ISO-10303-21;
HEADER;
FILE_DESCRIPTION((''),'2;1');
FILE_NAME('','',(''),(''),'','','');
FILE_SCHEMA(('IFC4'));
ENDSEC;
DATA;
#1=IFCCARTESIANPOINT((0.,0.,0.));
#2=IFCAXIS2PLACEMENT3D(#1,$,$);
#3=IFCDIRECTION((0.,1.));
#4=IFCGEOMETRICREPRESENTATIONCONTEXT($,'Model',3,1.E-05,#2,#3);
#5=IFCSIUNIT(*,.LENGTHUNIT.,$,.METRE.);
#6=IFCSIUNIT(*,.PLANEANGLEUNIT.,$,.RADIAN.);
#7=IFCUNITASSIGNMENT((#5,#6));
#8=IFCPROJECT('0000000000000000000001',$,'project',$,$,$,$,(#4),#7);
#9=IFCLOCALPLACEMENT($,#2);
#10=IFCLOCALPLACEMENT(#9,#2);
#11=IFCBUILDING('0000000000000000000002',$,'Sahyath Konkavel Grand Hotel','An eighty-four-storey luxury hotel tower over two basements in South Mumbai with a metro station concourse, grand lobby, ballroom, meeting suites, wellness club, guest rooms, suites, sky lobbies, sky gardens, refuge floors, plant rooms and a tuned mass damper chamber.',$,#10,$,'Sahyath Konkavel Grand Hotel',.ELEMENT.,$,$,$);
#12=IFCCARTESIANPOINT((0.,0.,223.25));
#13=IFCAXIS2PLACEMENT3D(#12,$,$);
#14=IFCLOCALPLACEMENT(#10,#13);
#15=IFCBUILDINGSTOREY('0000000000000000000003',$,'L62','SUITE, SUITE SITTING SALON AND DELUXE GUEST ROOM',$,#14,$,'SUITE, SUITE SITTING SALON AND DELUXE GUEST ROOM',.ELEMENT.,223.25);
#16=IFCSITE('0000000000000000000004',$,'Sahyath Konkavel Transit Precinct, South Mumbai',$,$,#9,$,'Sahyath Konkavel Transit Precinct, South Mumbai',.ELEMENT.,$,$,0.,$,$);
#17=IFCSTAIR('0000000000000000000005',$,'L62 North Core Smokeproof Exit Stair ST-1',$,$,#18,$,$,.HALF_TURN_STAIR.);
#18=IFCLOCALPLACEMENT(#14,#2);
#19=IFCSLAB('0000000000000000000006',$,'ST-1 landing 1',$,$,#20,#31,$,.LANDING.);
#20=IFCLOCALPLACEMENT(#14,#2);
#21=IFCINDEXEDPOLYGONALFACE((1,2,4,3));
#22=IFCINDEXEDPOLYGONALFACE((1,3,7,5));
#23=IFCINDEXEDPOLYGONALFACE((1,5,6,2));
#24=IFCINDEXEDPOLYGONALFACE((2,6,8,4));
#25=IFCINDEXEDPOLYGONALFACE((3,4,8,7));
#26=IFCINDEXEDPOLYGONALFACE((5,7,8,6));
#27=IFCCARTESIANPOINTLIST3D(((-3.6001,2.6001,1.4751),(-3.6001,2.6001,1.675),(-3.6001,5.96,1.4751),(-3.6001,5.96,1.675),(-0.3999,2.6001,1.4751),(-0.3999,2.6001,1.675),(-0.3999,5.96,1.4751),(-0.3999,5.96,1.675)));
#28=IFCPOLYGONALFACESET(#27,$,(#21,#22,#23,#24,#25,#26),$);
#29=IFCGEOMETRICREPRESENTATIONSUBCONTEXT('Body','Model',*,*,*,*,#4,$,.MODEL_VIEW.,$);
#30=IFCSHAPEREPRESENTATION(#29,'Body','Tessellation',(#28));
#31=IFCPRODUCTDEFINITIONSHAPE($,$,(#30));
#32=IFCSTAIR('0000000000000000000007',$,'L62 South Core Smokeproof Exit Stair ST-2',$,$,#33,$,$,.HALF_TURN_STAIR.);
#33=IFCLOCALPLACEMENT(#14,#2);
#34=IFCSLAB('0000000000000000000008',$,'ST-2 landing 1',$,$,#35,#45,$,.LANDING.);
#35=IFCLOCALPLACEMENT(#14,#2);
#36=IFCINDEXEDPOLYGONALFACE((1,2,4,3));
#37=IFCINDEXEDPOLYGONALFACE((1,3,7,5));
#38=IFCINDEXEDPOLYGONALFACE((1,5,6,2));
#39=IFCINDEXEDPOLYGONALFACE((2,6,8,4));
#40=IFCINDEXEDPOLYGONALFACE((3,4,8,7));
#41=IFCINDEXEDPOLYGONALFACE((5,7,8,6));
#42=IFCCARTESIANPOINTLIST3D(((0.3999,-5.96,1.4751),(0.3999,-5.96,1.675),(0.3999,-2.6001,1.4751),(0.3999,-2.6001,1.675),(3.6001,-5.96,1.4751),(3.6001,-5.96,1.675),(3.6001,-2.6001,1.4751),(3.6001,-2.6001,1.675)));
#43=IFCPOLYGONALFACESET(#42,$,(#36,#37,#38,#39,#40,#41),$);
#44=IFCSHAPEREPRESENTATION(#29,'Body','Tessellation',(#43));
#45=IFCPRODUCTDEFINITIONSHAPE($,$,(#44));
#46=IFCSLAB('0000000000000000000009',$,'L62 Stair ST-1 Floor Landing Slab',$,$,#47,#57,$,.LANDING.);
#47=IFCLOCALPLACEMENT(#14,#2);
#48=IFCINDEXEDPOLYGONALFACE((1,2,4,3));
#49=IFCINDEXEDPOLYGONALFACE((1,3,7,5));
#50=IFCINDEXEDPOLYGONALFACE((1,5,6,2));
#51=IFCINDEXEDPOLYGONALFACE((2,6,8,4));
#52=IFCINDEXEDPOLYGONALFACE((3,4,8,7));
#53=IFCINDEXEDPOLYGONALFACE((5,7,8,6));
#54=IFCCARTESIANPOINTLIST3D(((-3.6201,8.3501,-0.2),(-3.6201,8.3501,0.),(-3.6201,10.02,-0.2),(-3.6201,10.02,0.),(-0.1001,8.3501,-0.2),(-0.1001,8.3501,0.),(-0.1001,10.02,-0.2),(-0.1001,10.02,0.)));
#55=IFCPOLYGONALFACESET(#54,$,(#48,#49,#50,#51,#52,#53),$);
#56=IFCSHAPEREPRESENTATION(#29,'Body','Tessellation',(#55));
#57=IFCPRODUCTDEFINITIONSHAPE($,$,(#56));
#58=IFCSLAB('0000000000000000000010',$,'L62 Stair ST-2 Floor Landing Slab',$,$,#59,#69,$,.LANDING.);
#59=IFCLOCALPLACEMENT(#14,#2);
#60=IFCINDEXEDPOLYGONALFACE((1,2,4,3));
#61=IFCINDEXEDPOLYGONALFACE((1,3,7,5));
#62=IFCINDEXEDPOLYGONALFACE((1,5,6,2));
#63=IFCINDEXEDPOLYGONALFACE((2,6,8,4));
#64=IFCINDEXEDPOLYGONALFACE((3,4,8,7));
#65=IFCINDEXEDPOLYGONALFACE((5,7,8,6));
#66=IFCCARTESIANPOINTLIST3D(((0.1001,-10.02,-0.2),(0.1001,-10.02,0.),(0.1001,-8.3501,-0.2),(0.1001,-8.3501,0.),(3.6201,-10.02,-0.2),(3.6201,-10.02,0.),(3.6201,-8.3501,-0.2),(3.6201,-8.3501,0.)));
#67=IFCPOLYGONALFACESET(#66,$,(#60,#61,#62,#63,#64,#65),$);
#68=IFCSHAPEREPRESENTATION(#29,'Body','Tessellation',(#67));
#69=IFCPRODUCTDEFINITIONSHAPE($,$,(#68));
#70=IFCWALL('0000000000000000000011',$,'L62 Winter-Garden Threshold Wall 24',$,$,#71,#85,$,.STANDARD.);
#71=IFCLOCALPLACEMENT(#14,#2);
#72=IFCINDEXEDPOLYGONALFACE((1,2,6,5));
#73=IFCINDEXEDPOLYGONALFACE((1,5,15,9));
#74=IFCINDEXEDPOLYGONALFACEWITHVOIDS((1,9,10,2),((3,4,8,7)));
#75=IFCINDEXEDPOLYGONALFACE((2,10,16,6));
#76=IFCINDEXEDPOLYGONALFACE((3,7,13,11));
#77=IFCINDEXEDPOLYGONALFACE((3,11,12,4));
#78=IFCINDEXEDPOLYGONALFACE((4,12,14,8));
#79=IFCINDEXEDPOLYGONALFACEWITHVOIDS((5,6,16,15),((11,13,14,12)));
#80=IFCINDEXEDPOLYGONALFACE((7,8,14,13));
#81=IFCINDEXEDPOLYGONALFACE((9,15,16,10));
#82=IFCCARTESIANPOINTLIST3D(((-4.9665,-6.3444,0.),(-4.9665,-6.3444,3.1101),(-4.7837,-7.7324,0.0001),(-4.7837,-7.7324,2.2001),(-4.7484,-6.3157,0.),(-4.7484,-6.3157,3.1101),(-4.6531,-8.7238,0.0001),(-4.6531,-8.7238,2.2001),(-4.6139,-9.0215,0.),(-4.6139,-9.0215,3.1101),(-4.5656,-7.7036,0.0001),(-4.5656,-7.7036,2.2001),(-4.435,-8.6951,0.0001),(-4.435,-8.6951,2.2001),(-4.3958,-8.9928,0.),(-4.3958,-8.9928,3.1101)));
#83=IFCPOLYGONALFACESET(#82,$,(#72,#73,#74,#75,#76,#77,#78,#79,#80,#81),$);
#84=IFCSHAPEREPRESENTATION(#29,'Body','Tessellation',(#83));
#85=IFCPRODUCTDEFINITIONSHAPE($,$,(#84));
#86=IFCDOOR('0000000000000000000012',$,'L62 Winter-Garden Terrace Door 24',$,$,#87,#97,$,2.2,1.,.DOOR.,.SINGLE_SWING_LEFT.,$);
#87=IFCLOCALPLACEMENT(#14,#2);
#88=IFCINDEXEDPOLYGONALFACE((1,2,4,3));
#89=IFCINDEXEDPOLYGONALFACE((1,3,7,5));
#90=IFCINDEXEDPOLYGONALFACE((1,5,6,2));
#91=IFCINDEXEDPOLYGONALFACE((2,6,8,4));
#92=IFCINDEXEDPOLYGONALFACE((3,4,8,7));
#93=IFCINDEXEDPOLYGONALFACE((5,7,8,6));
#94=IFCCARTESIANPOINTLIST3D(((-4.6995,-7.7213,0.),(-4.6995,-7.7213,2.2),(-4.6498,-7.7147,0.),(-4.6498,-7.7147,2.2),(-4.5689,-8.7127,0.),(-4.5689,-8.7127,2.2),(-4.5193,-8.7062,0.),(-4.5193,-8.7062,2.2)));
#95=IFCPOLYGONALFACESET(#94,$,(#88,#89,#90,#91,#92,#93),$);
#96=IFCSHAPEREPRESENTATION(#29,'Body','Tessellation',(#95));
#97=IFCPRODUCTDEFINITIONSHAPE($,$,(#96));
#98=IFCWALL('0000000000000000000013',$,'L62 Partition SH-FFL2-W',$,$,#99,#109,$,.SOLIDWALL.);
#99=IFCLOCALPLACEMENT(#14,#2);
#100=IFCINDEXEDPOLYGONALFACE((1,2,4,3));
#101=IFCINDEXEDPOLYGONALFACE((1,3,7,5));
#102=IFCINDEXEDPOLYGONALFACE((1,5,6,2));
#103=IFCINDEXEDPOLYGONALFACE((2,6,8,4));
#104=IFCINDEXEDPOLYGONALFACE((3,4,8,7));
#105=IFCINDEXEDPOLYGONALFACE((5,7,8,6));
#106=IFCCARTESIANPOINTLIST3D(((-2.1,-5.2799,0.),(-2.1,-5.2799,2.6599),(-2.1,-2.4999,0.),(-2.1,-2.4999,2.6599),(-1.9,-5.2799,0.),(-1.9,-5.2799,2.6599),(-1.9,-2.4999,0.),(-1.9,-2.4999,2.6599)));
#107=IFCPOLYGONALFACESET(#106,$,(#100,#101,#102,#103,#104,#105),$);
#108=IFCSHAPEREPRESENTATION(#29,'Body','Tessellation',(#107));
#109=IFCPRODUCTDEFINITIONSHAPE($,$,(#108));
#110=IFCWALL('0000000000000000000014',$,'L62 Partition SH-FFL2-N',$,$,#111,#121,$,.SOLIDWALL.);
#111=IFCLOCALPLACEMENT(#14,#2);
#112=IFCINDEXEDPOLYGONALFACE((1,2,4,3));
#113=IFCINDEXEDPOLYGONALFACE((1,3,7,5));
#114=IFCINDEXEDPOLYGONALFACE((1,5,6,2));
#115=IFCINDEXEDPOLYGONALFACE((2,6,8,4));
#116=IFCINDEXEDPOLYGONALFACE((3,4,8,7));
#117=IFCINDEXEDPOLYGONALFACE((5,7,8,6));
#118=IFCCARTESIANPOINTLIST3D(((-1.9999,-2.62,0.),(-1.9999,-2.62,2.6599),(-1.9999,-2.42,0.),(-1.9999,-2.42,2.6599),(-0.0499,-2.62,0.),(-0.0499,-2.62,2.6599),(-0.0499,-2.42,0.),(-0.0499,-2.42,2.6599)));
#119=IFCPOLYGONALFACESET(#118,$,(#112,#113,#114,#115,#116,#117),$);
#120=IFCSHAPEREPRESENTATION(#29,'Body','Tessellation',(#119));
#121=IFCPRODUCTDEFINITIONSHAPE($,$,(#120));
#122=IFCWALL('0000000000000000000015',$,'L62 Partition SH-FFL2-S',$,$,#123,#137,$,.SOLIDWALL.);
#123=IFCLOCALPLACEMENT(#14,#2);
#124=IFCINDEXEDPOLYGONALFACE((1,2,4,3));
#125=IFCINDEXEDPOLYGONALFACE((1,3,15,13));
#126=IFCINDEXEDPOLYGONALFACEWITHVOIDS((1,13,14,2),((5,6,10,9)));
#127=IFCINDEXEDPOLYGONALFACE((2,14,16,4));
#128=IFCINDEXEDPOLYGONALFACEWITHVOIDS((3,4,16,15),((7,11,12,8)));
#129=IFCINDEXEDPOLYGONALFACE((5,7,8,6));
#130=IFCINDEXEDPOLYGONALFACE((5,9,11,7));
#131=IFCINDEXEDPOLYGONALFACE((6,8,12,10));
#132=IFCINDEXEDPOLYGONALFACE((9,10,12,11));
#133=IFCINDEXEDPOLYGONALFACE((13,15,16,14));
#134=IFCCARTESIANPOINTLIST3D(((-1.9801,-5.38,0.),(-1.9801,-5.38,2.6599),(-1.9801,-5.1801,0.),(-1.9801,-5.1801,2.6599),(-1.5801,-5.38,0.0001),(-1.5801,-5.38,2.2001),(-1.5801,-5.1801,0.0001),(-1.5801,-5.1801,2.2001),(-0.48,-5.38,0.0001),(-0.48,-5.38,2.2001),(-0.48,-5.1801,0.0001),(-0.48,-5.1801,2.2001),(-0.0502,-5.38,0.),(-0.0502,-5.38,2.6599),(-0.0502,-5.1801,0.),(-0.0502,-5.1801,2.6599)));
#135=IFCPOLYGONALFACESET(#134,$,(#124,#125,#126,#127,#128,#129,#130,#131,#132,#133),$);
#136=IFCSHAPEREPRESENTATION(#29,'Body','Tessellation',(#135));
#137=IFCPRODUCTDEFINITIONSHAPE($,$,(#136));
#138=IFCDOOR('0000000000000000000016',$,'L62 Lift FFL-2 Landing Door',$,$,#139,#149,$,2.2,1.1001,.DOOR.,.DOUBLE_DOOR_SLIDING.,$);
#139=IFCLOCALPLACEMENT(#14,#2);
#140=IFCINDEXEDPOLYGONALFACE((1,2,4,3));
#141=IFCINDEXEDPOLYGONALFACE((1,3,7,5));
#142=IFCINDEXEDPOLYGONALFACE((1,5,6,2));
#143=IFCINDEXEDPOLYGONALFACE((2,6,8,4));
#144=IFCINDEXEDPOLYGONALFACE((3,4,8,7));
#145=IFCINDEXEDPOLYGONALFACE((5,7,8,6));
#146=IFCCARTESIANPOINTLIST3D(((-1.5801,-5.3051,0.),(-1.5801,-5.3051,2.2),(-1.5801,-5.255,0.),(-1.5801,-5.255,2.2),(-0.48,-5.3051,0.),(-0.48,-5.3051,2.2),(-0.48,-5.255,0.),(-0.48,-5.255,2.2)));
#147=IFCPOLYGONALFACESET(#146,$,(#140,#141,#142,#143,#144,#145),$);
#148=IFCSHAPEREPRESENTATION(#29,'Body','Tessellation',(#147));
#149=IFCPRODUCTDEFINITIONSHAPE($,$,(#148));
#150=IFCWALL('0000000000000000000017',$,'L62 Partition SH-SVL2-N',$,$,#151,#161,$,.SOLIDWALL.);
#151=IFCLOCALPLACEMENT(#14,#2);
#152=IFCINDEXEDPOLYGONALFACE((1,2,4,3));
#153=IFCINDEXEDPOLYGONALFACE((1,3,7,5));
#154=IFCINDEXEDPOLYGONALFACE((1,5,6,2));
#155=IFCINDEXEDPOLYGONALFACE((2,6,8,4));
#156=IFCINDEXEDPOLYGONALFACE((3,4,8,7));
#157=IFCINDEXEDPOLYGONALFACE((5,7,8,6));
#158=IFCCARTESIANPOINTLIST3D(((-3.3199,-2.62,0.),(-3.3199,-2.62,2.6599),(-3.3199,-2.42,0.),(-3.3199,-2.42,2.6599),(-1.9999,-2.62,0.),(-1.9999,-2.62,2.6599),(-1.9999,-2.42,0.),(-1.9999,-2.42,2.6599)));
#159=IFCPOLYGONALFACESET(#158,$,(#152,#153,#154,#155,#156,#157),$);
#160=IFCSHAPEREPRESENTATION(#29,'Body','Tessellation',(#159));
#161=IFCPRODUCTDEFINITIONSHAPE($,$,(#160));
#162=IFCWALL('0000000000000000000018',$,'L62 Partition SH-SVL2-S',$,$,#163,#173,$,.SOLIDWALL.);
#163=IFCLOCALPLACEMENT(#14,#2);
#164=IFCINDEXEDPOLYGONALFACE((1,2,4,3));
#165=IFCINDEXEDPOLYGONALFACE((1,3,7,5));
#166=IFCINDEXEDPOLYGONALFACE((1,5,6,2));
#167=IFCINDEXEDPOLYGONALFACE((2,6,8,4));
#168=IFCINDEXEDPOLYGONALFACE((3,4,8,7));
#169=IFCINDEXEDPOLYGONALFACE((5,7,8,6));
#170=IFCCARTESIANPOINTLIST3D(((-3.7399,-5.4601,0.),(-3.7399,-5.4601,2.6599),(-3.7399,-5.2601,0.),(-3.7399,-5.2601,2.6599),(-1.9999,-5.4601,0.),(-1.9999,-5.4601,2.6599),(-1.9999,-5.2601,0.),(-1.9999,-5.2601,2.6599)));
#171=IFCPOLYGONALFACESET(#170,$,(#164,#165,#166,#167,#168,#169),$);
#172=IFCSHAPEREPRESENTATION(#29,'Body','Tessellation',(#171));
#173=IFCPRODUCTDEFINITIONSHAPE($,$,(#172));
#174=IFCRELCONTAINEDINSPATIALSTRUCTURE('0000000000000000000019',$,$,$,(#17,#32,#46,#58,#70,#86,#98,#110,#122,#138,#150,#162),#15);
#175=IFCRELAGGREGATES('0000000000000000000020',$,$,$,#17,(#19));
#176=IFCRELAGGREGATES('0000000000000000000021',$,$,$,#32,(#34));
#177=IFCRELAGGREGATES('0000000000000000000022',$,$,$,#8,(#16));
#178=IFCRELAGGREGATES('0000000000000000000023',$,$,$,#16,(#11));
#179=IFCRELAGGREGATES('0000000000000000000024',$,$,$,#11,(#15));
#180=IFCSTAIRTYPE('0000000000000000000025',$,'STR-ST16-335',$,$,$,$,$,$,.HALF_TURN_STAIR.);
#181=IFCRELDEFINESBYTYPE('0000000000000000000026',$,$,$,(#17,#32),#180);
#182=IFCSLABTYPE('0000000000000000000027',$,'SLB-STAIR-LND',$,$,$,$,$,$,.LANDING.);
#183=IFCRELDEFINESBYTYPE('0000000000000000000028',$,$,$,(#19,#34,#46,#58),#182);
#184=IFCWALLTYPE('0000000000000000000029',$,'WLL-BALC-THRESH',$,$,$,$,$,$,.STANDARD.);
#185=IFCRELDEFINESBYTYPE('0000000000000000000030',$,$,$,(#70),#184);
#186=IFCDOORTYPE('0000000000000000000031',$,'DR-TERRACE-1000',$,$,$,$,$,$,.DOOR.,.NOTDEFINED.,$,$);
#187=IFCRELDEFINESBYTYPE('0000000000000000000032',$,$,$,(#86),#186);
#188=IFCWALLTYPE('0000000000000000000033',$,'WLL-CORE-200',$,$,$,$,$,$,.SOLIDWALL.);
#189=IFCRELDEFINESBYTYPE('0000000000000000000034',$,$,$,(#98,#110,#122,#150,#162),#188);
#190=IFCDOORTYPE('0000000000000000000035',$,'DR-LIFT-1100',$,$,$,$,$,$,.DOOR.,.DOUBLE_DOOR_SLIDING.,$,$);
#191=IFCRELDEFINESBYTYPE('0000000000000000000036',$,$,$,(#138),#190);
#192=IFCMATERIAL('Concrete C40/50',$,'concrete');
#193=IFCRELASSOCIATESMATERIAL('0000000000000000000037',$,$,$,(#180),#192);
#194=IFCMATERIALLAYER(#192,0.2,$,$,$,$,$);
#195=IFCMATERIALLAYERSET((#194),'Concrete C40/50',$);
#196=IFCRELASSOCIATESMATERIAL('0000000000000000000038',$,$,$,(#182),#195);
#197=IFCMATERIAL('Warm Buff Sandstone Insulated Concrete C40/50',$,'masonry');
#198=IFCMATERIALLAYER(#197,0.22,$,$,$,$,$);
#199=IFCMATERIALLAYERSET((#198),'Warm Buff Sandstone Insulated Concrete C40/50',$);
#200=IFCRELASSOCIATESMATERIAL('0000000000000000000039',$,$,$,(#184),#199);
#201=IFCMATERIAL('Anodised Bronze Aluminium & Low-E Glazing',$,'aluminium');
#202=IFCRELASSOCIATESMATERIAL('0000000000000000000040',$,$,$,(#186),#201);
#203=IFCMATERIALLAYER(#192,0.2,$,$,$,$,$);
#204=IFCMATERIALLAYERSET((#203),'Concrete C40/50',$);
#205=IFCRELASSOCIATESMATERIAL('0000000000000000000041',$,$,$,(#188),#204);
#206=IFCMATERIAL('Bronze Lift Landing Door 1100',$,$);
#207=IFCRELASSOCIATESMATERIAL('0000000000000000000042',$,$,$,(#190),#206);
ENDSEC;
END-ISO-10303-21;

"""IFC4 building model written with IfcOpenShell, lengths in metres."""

from ifc_helpers import new_model, si_unit, direction, frame, frame_2d, origin, origin_2d, place, context, subcontext, project, spatial, polyline, rectangle, outline, extrude, source, transform, mapped, material, layer, layer_set, type_object, element, fill, aggregate, save


model = new_model("IFC4")

# Units and contexts
model_context = context("Model", 3, precision=1e-05, world=origin(), true_north=direction((0.0, 1.0)))
body_context = subcontext(model_context, "Body", "Model", "MODEL_VIEW")
ifc_project = project(units=[si_unit("LENGTHUNIT", "METRE"), si_unit("PLANEANGLEUNIT", "RADIAN")], contexts=[model_context])

# Site, building, storey
site_placement = place(None, origin())
site = spatial("IfcSite", under=ifc_project, at=site_placement, Name="Sahyath Konkavel Transit Precinct, South Mumbai", LongName="Sahyath Konkavel Transit Precinct, South Mumbai", CompositionType="ELEMENT", RefElevation=0.0)
building_placement = place(site_placement, origin())
building = spatial("IfcBuilding", under=site, at=building_placement, Name="Sahyath Konkavel Grand Hotel", Description="An eighty-four-storey luxury hotel tower over two basements in South Mumbai with a metro station concourse, grand lobby, ballroom, meeting suites, wellness club, guest rooms, suites, sky lobbies, sky gardens, refuge floors, plant rooms and a tuned mass damper chamber.", LongName="Sahyath Konkavel Grand Hotel", CompositionType="ELEMENT")
storey_placement = place(building_placement, frame((0.0, 0.0, 223.25)))
storey = spatial("IfcBuildingStorey", under=building, at=storey_placement, Name="L62", Description="SUITE, SUITE SITTING SALON AND DELUXE GUEST ROOM", LongName="SUITE, SUITE SITTING SALON AND DELUXE GUEST ROOM", CompositionType="ELEMENT", Elevation=223.25)

# Shared definitions
ifc_material_1 = material(Name="Concrete C40/50", Category="concrete")

# Shared definitions
ifc_material_2 = material(Name="Anodised Bronze Aluminium & Low-E Glazing", Category="aluminium")

# Stairs, slabs
stair_type = type_object("IfcStairType", Name="STR-ST16-335", PredefinedType="HALF_TURN_STAIR", material=ifc_material_1)
stair_1_placement = place(storey_placement, origin())
stair_1 = element("IfcStair", 1, at=stair_1_placement, inside=storey, type_object=stair_type, Name="L62 North Core Smokeproof Exit Stair ST-1", PredefinedType="HALF_TURN_STAIR")
ifc_layer_1 = layer(ifc_material_1, 0.2)
ifc_layer_set_1 = layer_set([ifc_layer_1], Name="Concrete C40/50")
slab_type_1 = type_object("IfcSlabType", Name="SLB-STAIR-LND", PredefinedType="LANDING", material=ifc_layer_set_1)
slab_1_placement = place(storey_placement, frame((0.0, 0.0, 1.4751)))
slab_1 = element("IfcSlab", 2, at=slab_1_placement, type_object=slab_type_1, Name="ST-1 landing 1", PredefinedType="LANDING", context=body_context, shape_type="SweptSolid", body=[
    extrude(outline(polyline([(-3.6001, 5.96), (-3.6001, 2.6001), (-0.3999, 2.6001), (-0.3999, 5.96), (-3.6001, 5.96)])), origin(), (0.0, 0.0, 1.0), 0.2),
])
aggregate(stair_1, [slab_1])
stair_2_placement = place(storey_placement, origin())
stair_2 = element("IfcStair", 3, at=stair_2_placement, inside=storey, type_object=stair_type, Name="L62 South Core Smokeproof Exit Stair ST-2", PredefinedType="HALF_TURN_STAIR")
slab_2_placement = place(storey_placement, frame((0.0, 0.0, 1.4751)))
slab_2 = element("IfcSlab", 4, at=slab_2_placement, type_object=slab_type_1, Name="ST-2 landing 1", PredefinedType="LANDING", context=body_context, shape_type="SweptSolid", body=[
    extrude(outline(polyline([(3.6001, -5.96), (3.6001, -2.6001), (0.3999, -2.6001), (0.3999, -5.96), (3.6001, -5.96)])), origin(), (0.0, 0.0, 1.0), 0.2),
])
aggregate(stair_2, [slab_2])

# Slabs
slab_3_placement = place(storey_placement, frame((0.0, 0.0, -0.2)))
element("IfcSlab", 5, at=slab_3_placement, inside=storey, type_object=slab_type_1, Name="L62 Stair ST-1 Floor Landing Slab", PredefinedType="LANDING", context=body_context, shape_type="SweptSolid", body=[
    extrude(outline(polyline([(-3.6201, 8.3501), (-0.1001, 8.3501), (-0.1001, 10.02), (-3.6201, 10.02), (-3.6201, 8.3501)])), origin(), (0.0, 0.0, 1.0), 0.2),
])
slab_4_placement = place(storey_placement, frame((0.0, 0.0, -0.2)))
element("IfcSlab", 6, at=slab_4_placement, inside=storey, type_object=slab_type_1, Name="L62 Stair ST-2 Floor Landing Slab", PredefinedType="LANDING", context=body_context, shape_type="SweptSolid", body=[
    extrude(outline(polyline([(0.1001, -10.02), (3.6201, -10.02), (3.6201, -8.3501), (0.1001, -8.3501), (0.1001, -10.02)])), origin(), (0.0, 0.0, 1.0), 0.2),
])

# Wall, opening, door
ifc_material_3 = material(Name="Warm Buff Sandstone Insulated Concrete C40/50", Category="masonry")
ifc_layer_2 = layer(ifc_material_3, 0.22)
ifc_layer_set_2 = layer_set([ifc_layer_2], Name="Warm Buff Sandstone Insulated Concrete C40/50")
wall_type_1 = type_object("IfcWallType", Name="WLL-BALC-THRESH", PredefinedType="STANDARD", material=ifc_layer_set_2)
wall_1_placement = place(storey_placement, frame((-4.8574, -6.3301, 0.0), z_axis=(0.0, 0.0, 1.0), x_axis=(0.130564, -0.99144, 0.0)))
wall_1 = element("IfcWall", 7, at=wall_1_placement, inside=storey, type_object=wall_type_1, Name="L62 Winter-Garden Threshold Wall 24", PredefinedType="STANDARD", context=body_context, shape_type="SweptSolid", body=[
    extrude(rectangle(XDim=2.7002, YDim=0.22, at=frame_2d((1.3501, 0.0))), origin(), (0.0, 0.0, 1.0), 3.1101),
])
opening_1_placement = place(wall_1_placement, frame((1.3999, 0.0, 0.0)))
opening_1 = element("IfcOpeningElement", 8, at=opening_1_placement, cuts=wall_1, PredefinedType="OPENING", context=body_context, shape_type="SweptSolid", body=[
    extrude(rectangle(XDim=1.0, YDim=2.2, at=frame_2d((0.5, 1.1001))), frame((0.0, 0.1201, 0.0), z_axis=(0.0, -1.0, 0.0), x_axis=(1.0, 0.0, 0.0)), (0.0, 0.0, 1.0), 0.24),
])
door_type_1 = type_object("IfcDoorType", Name="DR-TERRACE-1000", OperationType="NOTDEFINED", PredefinedType="DOOR", material=ifc_material_2)
shared_shape_1 = source(origin(), body_context, "Body", "SweptSolid", [
    extrude(rectangle(XDim=1.0, YDim=0.05, at=origin_2d()), origin(), (0.0, 0.0, 1.0), 2.2),
])
door_1_placement = place(opening_1_placement, frame((0.5, 0.0, 0.0)))
door_1 = element("IfcDoor", 9, at=door_1_placement, inside=storey, type_object=door_type_1, Name="L62 Winter-Garden Terrace Door 24", OperationType="SINGLE_SWING_LEFT", OverallHeight=2.2, OverallWidth=1.0, PredefinedType="DOOR", context=body_context, shape_type="MappedRepresentation", body=[
    mapped(shared_shape_1, transform((0.0, 0.0, 0.0), scale=1.0)),
])
fill(opening_1, door_1)

# Walls
ifc_layer_3 = layer(ifc_material_1, 0.2)
ifc_layer_set_3 = layer_set([ifc_layer_3], Name="Concrete C40/50")
wall_type_2 = type_object("IfcWallType", Name="WLL-CORE-200", PredefinedType="SOLIDWALL", material=ifc_layer_set_3)
wall_2_placement = place(storey_placement, frame((-2.0, -5.28, 0.0), z_axis=(0.0, 0.0, 1.0), x_axis=(0.0, 1.0, 0.0)))
element("IfcWall", 10, at=wall_2_placement, inside=storey, type_object=wall_type_2, Name="L62 Partition SH-FFL2-W", PredefinedType="SOLIDWALL", context=body_context, shape_type="SweptSolid", body=[
    extrude(rectangle(XDim=2.78, YDim=0.2, at=frame_2d((1.3901, 0.0))), origin(), (0.0, 0.0, 1.0), 2.6599),
])
wall_3_placement = place(storey_placement, frame((-2.0, -2.52, 0.0), z_axis=(0.0, 0.0, 1.0), x_axis=(1.0, 0.0, 0.0)))
element("IfcWall", 11, at=wall_3_placement, inside=storey, type_object=wall_type_2, Name="L62 Partition SH-FFL2-N", PredefinedType="SOLIDWALL", context=body_context, shape_type="SweptSolid", body=[
    extrude(rectangle(XDim=1.95, YDim=0.2, at=frame_2d((0.9751, 0.0))), origin(), (0.0, 0.0, 1.0), 2.6599),
])

# Wall, opening, door
wall_4_placement = place(storey_placement, frame((-1.98, -5.28, 0.0), z_axis=(0.0, 0.0, 1.0), x_axis=(1.0, 0.0, 0.0)))
wall_4 = element("IfcWall", 12, at=wall_4_placement, inside=storey, type_object=wall_type_2, Name="L62 Partition SH-FFL2-S", PredefinedType="SOLIDWALL", context=body_context, shape_type="SweptSolid", body=[
    extrude(rectangle(XDim=1.9299, YDim=0.2, at=frame_2d((0.9648, 0.0))), origin(), (0.0, 0.0, 1.0), 2.6599),
])
opening_2_placement = place(wall_4_placement, frame((0.3999, 0.0, 0.0)))
opening_2 = element("IfcOpeningElement", 13, at=opening_2_placement, cuts=wall_4, PredefinedType="OPENING", context=body_context, shape_type="SweptSolid", body=[
    extrude(rectangle(XDim=1.1001, YDim=2.2, at=frame_2d((0.55, 1.1001))), frame((0.0, 0.1099, 0.0), z_axis=(0.0, -1.0, 0.0), x_axis=(1.0, 0.0, 0.0)), (0.0, 0.0, 1.0), 0.22),
])
ifc_material_4 = material(Name="Bronze Lift Landing Door 1100")
door_type_2 = type_object("IfcDoorType", Name="DR-LIFT-1100", OperationType="DOUBLE_DOOR_SLIDING", PredefinedType="DOOR", material=ifc_material_4)
shared_shape_2 = source(origin(), body_context, "Body", "SweptSolid", [
    extrude(rectangle(XDim=1.1001, YDim=0.05, at=origin_2d()), origin(), (0.0, 0.0, 1.0), 2.2),
])
door_2_placement = place(opening_2_placement, frame((0.55, 0.0, 0.0)))
door_2 = element("IfcDoor", 14, at=door_2_placement, inside=storey, type_object=door_type_2, Name="L62 Lift FFL-2 Landing Door", OperationType="DOUBLE_DOOR_SLIDING", OverallHeight=2.2, OverallWidth=1.1001, PredefinedType="DOOR", context=body_context, shape_type="MappedRepresentation", body=[
    mapped(shared_shape_2, transform((0.0, 0.0, 0.0), scale=1.0)),
])
fill(opening_2, door_2)

# Walls
wall_5_placement = place(storey_placement, frame((-3.3201, -2.52, 0.0), z_axis=(0.0, 0.0, 1.0), x_axis=(1.0, 0.0, 0.0)))
element("IfcWall", 15, at=wall_5_placement, inside=storey, type_object=wall_type_2, Name="L62 Partition SH-SVL2-N", PredefinedType="SOLIDWALL", context=body_context, shape_type="SweptSolid", body=[
    extrude(rectangle(XDim=1.3201, YDim=0.2, at=frame_2d((0.6602, 0.0))), origin(), (0.0, 0.0, 1.0), 2.6599),
])
wall_6_placement = place(storey_placement, frame((-3.74, -5.3601, 0.0), z_axis=(0.0, 0.0, 1.0), x_axis=(1.0, 0.0, 0.0)))
element("IfcWall", 16, at=wall_6_placement, inside=storey, type_object=wall_type_2, Name="L62 Partition SH-SVL2-S", PredefinedType="SOLIDWALL", context=body_context, shape_type="SweptSolid", body=[
    extrude(rectangle(XDim=1.74, YDim=0.2, at=frame_2d((0.8701, 0.0))), origin(), (0.0, 0.0, 1.0), 2.6599),
])

save(model, "model.ifc")
